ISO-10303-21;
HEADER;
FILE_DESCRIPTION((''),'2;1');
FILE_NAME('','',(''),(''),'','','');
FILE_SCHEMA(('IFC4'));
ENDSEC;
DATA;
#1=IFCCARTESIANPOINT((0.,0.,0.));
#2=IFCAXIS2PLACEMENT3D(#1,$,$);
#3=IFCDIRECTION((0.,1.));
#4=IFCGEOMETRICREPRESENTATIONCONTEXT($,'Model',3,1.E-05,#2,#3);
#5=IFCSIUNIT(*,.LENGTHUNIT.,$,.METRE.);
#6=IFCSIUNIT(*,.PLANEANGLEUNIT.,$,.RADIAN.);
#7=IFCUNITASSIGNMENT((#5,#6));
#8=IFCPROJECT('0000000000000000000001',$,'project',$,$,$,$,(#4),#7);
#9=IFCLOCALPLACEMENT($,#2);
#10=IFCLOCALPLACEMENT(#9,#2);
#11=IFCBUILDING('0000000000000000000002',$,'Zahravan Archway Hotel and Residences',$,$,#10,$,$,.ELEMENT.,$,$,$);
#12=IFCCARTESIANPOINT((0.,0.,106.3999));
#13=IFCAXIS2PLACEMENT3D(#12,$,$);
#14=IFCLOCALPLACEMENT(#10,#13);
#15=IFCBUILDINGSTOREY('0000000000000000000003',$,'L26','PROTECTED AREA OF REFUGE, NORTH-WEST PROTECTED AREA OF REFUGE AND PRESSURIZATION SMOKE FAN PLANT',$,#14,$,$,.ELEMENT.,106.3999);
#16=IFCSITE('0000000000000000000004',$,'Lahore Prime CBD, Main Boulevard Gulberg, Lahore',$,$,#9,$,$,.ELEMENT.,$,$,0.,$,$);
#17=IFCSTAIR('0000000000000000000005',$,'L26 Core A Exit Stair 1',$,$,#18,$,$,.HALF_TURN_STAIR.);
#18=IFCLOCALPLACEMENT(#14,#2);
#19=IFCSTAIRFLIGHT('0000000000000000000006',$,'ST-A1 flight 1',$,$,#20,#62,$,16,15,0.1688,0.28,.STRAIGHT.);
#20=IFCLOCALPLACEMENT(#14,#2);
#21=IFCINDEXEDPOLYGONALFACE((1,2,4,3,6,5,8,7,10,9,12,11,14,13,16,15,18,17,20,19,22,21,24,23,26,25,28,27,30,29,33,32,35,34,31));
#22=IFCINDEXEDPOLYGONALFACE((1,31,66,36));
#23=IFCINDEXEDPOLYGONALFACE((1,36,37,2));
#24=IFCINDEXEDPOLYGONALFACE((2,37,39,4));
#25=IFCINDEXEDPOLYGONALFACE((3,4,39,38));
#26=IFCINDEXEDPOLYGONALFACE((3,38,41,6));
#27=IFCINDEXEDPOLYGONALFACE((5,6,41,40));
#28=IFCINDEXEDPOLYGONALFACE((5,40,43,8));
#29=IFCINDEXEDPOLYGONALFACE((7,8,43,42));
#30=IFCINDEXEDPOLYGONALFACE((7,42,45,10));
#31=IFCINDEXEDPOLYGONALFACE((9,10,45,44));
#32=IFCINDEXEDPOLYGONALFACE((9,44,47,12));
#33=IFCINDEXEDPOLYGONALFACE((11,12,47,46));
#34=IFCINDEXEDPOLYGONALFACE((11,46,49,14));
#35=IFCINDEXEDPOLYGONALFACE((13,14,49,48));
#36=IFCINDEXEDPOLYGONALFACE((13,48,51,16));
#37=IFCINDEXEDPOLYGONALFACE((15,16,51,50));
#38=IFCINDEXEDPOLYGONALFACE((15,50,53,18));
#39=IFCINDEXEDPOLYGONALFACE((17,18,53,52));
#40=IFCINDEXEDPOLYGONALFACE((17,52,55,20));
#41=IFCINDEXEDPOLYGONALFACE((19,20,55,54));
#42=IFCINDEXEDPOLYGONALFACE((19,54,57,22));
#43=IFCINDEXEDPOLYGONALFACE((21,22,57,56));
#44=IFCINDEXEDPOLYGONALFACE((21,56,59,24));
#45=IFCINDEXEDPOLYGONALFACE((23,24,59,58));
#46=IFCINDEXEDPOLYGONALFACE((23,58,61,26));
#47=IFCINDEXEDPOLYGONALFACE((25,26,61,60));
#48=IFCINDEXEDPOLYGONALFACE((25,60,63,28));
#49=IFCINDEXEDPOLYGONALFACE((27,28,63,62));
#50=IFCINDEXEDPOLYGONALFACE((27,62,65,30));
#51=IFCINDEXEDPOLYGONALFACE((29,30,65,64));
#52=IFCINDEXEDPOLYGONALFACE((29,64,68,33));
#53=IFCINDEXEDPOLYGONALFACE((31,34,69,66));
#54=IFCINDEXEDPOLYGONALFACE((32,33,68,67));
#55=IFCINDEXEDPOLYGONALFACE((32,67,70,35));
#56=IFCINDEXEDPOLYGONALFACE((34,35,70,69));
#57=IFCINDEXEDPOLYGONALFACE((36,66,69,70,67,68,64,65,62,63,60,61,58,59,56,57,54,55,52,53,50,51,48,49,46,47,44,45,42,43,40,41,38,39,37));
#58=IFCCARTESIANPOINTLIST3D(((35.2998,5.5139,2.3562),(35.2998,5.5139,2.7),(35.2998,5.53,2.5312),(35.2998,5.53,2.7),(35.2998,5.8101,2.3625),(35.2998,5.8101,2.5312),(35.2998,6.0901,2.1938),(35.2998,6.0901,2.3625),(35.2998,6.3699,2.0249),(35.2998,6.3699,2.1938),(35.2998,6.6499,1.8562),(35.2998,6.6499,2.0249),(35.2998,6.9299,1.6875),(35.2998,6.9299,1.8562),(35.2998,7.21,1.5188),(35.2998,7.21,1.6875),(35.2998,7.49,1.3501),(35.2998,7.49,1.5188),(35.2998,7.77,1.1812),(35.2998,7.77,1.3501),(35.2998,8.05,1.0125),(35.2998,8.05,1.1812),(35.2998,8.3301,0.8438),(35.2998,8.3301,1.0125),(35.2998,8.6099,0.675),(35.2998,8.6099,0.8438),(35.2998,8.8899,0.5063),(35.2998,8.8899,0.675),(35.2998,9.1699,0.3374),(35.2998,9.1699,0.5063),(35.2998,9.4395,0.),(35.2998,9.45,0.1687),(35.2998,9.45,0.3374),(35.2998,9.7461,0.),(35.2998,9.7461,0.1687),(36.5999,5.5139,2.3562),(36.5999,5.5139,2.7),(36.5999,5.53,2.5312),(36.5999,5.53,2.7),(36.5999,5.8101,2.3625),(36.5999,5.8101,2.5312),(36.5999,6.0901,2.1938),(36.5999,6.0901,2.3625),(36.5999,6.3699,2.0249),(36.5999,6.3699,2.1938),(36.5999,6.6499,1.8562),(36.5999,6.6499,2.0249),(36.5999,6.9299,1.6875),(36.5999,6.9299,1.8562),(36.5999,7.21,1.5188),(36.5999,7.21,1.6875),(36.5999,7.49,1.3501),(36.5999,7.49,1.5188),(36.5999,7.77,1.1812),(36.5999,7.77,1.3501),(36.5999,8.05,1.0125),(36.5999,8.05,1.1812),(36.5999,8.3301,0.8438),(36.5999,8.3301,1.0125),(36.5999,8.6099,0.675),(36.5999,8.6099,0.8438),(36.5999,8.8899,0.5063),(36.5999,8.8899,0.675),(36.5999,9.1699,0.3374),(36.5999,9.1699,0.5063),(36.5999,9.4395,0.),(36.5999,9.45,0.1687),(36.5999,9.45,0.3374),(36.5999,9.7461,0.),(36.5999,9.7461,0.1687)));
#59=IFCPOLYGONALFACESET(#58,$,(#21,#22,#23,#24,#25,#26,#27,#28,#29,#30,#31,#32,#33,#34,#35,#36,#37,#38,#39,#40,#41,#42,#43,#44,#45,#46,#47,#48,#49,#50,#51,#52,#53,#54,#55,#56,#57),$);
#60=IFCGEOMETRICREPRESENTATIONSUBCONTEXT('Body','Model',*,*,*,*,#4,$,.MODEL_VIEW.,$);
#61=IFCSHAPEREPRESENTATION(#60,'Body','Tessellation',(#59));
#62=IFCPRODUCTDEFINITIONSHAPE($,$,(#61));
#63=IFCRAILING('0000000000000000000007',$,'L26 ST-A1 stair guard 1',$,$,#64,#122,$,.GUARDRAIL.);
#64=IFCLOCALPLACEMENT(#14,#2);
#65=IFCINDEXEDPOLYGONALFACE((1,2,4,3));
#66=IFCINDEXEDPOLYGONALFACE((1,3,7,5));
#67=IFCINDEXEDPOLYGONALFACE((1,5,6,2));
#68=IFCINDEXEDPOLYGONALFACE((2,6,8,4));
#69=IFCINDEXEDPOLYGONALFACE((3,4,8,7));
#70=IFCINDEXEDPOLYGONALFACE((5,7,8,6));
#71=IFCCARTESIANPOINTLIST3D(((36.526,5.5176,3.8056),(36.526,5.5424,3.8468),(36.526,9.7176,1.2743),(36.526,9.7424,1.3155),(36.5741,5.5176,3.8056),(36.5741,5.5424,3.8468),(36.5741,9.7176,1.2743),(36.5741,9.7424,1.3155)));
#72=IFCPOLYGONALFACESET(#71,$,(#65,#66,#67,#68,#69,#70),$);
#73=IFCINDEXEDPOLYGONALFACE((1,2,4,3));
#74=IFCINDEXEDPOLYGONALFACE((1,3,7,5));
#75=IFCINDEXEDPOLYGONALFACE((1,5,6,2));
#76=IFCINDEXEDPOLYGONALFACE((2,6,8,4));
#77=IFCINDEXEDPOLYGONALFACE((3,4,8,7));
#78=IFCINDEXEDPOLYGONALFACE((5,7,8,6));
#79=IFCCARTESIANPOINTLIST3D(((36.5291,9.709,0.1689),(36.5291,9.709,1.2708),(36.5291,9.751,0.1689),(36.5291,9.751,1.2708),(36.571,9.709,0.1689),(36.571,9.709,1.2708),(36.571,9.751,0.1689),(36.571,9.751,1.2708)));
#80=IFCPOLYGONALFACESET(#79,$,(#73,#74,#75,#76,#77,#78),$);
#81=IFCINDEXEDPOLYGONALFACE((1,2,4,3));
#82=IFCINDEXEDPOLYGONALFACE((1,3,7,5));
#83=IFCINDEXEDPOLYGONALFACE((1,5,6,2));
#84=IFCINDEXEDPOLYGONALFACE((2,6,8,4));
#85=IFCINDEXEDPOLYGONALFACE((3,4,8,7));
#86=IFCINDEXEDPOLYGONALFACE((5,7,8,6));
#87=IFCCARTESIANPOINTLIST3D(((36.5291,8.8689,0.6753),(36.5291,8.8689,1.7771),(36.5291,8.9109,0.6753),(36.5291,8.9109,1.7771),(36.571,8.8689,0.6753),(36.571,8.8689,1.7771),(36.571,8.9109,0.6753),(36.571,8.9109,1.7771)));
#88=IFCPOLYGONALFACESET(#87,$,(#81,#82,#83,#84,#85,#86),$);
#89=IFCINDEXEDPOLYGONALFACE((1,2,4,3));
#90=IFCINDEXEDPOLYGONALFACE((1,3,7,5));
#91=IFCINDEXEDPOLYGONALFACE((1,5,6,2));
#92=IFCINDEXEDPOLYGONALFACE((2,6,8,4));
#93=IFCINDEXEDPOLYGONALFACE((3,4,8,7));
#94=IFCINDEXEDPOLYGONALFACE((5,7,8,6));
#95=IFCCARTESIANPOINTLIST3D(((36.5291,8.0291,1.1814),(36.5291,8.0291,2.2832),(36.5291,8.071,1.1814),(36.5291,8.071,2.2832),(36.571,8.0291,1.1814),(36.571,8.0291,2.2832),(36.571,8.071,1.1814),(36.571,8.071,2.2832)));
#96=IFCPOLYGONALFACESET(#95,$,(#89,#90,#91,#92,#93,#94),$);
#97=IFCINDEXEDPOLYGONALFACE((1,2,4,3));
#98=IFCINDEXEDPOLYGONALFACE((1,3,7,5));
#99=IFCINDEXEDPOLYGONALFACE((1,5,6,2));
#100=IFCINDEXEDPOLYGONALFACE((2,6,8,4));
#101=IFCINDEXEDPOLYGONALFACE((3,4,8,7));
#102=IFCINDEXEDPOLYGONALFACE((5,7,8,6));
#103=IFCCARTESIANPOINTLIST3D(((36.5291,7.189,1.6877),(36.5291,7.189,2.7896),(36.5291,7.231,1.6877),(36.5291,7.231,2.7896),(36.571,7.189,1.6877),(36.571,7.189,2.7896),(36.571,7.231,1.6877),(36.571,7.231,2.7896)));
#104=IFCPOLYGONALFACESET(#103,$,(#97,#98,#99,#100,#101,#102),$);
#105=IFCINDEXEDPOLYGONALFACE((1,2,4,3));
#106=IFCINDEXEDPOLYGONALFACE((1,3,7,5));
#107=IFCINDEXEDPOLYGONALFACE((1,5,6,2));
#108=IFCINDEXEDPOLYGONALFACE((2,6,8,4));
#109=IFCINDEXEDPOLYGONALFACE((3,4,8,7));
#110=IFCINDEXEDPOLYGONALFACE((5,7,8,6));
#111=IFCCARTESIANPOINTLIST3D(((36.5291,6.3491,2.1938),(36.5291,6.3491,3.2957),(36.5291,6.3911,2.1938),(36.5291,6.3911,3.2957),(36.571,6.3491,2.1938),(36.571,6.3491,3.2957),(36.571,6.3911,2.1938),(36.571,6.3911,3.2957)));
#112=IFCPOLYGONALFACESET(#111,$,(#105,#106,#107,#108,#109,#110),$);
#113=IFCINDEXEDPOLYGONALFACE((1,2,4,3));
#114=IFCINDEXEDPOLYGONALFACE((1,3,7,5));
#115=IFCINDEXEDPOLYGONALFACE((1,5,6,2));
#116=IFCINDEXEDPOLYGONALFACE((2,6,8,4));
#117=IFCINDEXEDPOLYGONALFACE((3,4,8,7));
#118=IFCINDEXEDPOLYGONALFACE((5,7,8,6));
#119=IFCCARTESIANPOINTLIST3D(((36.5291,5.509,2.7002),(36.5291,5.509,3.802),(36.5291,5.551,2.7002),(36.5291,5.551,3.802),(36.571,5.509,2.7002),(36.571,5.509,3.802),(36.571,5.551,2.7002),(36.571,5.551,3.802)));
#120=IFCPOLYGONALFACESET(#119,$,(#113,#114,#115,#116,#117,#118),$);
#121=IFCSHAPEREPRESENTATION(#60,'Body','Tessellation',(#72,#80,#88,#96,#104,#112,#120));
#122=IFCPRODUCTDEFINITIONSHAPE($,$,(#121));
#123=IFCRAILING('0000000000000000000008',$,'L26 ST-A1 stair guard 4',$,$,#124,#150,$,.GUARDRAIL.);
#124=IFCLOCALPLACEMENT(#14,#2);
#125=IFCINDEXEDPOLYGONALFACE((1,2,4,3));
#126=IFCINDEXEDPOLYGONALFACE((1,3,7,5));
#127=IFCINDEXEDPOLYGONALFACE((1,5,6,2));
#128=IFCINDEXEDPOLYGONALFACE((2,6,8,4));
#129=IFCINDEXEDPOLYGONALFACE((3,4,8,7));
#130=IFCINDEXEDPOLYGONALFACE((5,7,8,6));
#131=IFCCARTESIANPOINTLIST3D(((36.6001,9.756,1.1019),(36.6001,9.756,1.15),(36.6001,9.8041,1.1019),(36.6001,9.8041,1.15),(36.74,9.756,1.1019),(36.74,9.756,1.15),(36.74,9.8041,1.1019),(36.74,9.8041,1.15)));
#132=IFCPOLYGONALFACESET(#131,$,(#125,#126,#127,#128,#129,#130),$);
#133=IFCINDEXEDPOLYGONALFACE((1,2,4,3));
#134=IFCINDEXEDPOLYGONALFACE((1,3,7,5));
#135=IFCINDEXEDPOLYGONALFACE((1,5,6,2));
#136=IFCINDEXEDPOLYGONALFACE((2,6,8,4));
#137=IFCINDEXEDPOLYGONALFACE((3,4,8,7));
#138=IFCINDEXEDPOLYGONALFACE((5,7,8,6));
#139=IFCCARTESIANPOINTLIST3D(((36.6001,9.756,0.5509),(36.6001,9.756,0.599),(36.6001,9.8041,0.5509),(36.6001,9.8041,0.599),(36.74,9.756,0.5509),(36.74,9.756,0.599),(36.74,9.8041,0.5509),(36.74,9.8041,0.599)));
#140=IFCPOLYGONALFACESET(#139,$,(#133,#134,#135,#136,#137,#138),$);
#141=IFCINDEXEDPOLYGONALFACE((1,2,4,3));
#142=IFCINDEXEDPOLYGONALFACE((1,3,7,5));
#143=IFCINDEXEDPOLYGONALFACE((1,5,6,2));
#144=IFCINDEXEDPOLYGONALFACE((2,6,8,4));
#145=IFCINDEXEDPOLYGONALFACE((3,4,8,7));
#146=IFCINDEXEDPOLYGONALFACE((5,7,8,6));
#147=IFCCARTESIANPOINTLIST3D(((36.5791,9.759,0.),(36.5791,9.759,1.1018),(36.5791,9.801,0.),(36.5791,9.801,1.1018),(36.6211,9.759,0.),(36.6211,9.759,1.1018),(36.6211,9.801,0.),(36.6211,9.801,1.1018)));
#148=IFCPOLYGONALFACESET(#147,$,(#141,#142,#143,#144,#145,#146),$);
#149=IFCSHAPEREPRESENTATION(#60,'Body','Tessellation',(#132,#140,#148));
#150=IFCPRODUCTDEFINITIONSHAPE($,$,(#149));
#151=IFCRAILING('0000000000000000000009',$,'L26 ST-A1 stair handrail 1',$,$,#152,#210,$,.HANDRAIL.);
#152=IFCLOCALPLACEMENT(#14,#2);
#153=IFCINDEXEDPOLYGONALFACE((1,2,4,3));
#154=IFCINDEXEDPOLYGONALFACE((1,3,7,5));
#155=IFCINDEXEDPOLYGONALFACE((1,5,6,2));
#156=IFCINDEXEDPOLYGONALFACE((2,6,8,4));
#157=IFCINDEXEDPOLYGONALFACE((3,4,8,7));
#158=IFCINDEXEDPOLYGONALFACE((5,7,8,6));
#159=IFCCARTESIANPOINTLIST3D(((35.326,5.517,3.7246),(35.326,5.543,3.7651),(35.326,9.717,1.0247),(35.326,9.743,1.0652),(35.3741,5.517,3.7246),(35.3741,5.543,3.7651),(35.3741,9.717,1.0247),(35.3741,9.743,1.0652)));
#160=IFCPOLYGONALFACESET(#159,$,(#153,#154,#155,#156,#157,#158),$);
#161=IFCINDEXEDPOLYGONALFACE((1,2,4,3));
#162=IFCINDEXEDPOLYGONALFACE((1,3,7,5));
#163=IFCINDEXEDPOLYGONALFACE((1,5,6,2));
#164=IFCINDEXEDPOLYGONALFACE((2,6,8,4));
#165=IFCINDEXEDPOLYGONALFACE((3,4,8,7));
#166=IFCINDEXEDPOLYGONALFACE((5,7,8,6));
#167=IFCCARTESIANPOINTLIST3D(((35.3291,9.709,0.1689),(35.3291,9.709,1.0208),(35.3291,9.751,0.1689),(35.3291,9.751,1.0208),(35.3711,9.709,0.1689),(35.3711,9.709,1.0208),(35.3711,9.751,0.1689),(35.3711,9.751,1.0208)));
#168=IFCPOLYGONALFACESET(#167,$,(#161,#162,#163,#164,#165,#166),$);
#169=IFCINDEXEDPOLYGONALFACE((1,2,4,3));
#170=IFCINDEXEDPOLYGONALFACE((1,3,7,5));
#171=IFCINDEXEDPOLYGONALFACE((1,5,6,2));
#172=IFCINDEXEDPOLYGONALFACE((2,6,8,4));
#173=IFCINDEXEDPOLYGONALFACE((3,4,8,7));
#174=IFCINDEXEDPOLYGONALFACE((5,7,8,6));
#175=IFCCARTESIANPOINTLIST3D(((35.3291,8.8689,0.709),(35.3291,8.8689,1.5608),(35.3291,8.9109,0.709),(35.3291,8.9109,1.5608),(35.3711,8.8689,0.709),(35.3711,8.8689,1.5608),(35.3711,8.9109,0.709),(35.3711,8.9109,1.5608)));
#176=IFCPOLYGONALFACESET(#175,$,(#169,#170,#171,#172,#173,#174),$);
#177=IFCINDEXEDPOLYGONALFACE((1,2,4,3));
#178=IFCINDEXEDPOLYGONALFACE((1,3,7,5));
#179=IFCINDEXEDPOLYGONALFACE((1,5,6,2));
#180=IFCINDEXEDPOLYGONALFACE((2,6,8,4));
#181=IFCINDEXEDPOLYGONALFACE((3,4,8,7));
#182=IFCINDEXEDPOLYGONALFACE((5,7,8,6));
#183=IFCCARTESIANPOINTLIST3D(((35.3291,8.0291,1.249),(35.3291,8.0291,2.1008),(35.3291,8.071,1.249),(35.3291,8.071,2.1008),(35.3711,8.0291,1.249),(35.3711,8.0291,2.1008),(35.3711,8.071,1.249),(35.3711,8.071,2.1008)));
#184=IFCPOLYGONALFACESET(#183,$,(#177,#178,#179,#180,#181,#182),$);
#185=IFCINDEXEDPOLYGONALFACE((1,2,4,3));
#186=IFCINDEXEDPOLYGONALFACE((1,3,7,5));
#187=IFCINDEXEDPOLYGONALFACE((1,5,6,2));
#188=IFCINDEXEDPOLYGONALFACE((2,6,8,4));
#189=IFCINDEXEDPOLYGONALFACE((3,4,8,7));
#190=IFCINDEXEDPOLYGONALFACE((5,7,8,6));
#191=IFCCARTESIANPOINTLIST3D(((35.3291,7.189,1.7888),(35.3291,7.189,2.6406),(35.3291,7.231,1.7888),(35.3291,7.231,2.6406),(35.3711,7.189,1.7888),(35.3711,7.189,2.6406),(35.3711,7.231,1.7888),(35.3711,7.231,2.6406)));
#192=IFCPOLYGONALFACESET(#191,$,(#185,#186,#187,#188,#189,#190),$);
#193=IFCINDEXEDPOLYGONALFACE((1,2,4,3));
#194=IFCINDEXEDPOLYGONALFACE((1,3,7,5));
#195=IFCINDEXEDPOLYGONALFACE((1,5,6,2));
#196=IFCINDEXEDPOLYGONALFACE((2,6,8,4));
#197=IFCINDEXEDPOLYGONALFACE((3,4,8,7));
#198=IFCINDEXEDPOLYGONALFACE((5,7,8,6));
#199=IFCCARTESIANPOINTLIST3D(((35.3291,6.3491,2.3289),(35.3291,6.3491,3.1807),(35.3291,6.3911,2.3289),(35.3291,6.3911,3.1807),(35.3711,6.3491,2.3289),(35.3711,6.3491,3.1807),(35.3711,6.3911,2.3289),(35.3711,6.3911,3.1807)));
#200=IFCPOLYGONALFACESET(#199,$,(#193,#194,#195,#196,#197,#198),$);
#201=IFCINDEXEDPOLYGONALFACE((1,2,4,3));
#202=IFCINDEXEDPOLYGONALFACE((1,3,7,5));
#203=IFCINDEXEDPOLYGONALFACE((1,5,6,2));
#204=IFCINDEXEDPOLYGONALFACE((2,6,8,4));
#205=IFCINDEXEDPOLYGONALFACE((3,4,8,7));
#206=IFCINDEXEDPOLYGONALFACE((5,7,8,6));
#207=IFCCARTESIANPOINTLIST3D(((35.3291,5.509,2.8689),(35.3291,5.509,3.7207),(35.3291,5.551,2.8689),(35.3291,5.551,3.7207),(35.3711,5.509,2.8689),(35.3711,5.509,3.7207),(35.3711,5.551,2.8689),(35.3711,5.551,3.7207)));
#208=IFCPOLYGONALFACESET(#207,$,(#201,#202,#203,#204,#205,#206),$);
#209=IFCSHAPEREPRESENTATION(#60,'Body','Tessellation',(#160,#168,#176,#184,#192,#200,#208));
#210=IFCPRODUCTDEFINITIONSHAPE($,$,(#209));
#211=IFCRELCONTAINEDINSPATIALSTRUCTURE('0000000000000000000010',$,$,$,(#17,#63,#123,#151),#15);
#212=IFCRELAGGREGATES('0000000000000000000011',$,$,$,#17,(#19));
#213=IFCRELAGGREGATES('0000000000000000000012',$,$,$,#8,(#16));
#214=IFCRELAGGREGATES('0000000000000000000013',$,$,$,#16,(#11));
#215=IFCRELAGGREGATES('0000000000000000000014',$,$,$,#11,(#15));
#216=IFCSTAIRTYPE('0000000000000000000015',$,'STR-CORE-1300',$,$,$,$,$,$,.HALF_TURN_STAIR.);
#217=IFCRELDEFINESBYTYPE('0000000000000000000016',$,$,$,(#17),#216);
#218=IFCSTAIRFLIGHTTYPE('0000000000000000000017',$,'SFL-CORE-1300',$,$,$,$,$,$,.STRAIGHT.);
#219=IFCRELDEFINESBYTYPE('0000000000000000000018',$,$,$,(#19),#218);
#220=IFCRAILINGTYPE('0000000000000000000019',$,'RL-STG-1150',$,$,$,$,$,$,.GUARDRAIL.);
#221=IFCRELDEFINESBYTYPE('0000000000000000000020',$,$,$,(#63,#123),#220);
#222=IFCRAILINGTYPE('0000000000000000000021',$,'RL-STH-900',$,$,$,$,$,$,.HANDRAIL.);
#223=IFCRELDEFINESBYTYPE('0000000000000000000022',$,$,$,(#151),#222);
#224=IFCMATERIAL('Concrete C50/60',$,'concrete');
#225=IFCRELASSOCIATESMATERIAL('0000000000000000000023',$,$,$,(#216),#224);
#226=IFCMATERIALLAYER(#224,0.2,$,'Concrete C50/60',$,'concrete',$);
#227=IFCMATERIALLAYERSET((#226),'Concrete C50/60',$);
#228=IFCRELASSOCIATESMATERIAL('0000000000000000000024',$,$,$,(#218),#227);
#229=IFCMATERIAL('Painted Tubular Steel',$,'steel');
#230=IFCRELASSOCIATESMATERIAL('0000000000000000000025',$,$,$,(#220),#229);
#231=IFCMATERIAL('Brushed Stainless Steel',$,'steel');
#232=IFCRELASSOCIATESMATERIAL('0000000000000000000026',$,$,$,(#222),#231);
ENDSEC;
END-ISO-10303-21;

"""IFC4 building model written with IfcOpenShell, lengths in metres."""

from ifc_helpers import new_model, si_unit, direction, frame, origin, origin_2d, place, context, subcontext, project, spatial, polyline, rectangle, outline, extrude, source, transform, mapped, material, layer, layer_set, type_object, element, aggregate, save


model = new_model("IFC4")

# Units and contexts
model_context = context("Model", 3, precision=1e-05, world=origin(), true_north=direction((0.0, 1.0)))
body_context = subcontext(model_context, "Body", "Model", "MODEL_VIEW")
ifc_project = project(units=[si_unit("LENGTHUNIT", "METRE"), si_unit("PLANEANGLEUNIT", "RADIAN")], contexts=[model_context])

# Site, building, storey
site_placement = place(None, origin())
site = spatial("IfcSite", under=ifc_project, at=site_placement, Name="Lahore Prime CBD, Main Boulevard Gulberg, Lahore", CompositionType="ELEMENT", RefElevation=0.0)
building_placement = place(site_placement, origin())
building = spatial("IfcBuilding", under=site, at=building_placement, Name="Zahravan Archway Hotel and Residences", CompositionType="ELEMENT")
storey_placement = place(building_placement, frame((0.0, 0.0, 106.3999)))
storey = spatial("IfcBuildingStorey", under=building, at=storey_placement, Name="L26", Description="PROTECTED AREA OF REFUGE, NORTH-WEST PROTECTED AREA OF REFUGE AND PRESSURIZATION SMOKE FAN PLANT", CompositionType="ELEMENT", Elevation=106.3999)

# Shared definitions
ifc_material_1 = material(Name="Brushed Stainless Steel", Category="steel")
ifc_material_2 = material(Name="Concrete C50/60", Category="concrete")

# Stair, stair flight
stair_type = type_object("IfcStairType", Name="STR-CORE-1300", PredefinedType="HALF_TURN_STAIR", material=ifc_material_2)
stair_placement = place(storey_placement, origin())
stair = element("IfcStair", 1, at=stair_placement, inside=storey, type_object=stair_type, Name="L26 Core A Exit Stair 1", PredefinedType="HALF_TURN_STAIR")
ifc_layer_1 = layer(ifc_material_2, 0.2, Name="Concrete C50/60", Category="concrete")
ifc_layer_set_1 = layer_set([ifc_layer_1], Name="Concrete C50/60")
stair_flight_type = type_object("IfcStairFlightType", Name="SFL-CORE-1300", PredefinedType="STRAIGHT", material=ifc_layer_set_1)
shared_shape_1 = source(origin(), body_context, "Body", "SweptSolid", [
    extrude(outline(polyline([(-0.0161, 0.0), (-0.0161, 0.1687), (0.28, 0.1687), (0.28, 0.3374), (0.5601, 0.3374), (0.5601, 0.5063), (0.8401, 0.5063), (0.8401, 0.675), (1.1201, 0.675), (1.1201, 0.8438), (1.3999, 0.8438), (1.3999, 1.0125), (1.6799, 1.0125), (1.6799, 1.1812), (1.96, 1.1812), (1.96, 1.3501), (2.24, 1.3501), (2.24, 1.5188), (2.52, 1.5188), (2.52, 1.6875), (2.8, 1.6875), (2.8, 1.8562), (3.0801, 1.8562), (3.0801, 2.0249), (3.3601, 2.0249), (3.3601, 2.1938), (3.6399, 2.1938), (3.6399, 2.3625), (3.9199, 2.3625), (3.9199, 2.5312), (4.2, 2.5312), (4.2, 2.7), (4.2161, 2.7), (4.2161, 2.3562), (0.2905, 0.0), (-0.0161, 0.0)])), frame((0.0, 0.6499, 0.0), z_axis=(0.0, -1.0, 0.0), x_axis=(1.0, 0.0, 0.0)), (0.0, 0.0, 1.0), 1.3),
])
stair_flight_placement = place(storey_placement, frame((35.95, 9.73, 0.0), z_axis=(0.0, 0.0, 1.0), x_axis=(0.0, -1.0, 0.0)))
stair_flight = element("IfcStairFlight", 2, at=stair_flight_placement, type_object=stair_flight_type, Name="ST-A1 flight 1", NumberOfRisers=16, NumberOfTreads=15, PredefinedType="STRAIGHT", RiserHeight=0.1688, TreadLength=0.28, context=body_context, shape_type="MappedRepresentation", body=[
    mapped(shared_shape_1, transform((0.0, 0.0, 0.0), scale=1.0)),
])
aggregate(stair, [stair_flight])

# Railings
ifc_material_3 = material(Name="Painted Tubular Steel", Category="steel")
railing_type_1 = type_object("IfcRailingType", Name="RL-STG-1150", PredefinedType="GUARDRAIL", material=ifc_material_3)
railing_1_placement = place(storey_placement, frame((36.55, 9.73, 0.1689)))
element("IfcRailing", 3, at=railing_1_placement, inside=storey, type_object=railing_type_1, Name="L26 ST-A1 stair guard 1", PredefinedType="GUARDRAIL", context=body_context, shape_type="SweptSolid", body=[
    extrude(rectangle(XDim=0.0481, YDim=0.0481, at=origin_2d()), frame((0.0, 0.0, 1.126), z_axis=(0.0, -0.856476, 0.516186), x_axis=(1.0, 0.0, 0.0)), (0.0, 0.0, 1.0), 4.9038),
    extrude(rectangle(XDim=0.042, YDim=0.042, at=origin_2d()), origin(), (0.0, 0.0, 1.0), 1.1018),
    extrude(rectangle(XDim=0.042, YDim=0.042, at=origin_2d()), frame((0.0, -0.8401, 0.5063)), (0.0, 0.0, 1.0), 1.1018),
    extrude(rectangle(XDim=0.042, YDim=0.042, at=origin_2d()), frame((0.0, -1.6799, 1.0125)), (0.0, 0.0, 1.0), 1.1018),
    extrude(rectangle(XDim=0.042, YDim=0.042, at=origin_2d()), frame((0.0, -2.52, 1.5188)), (0.0, 0.0, 1.0), 1.1018),
    extrude(rectangle(XDim=0.042, YDim=0.042, at=origin_2d()), frame((0.0, -3.3599, 2.0249)), (0.0, 0.0, 1.0), 1.1018),
    extrude(rectangle(XDim=0.042, YDim=0.042, at=origin_2d()), frame((0.0, -4.2, 2.5312)), (0.0, 0.0, 1.0), 1.1018),
])
railing_2_placement = place(storey_placement, frame((36.6001, 9.78, 0.0)))
element("IfcRailing", 4, at=railing_2_placement, inside=storey, type_object=railing_type_1, Name="L26 ST-A1 stair guard 4", PredefinedType="GUARDRAIL", context=body_context, shape_type="SweptSolid", body=[
    extrude(rectangle(XDim=0.0481, YDim=0.0481, at=origin_2d()), frame((0.0, 0.0, 1.126), z_axis=(1.0, 0.0, 0.0), x_axis=(0.0, 1.0, 0.0)), (0.0, 0.0, 1.0), 0.1399),
    extrude(rectangle(XDim=0.0481, YDim=0.0481, at=origin_2d()), frame((0.0, 0.0, 0.575), z_axis=(1.0, 0.0, 0.0), x_axis=(0.0, 1.0, 0.0)), (0.0, 0.0, 1.0), 0.1399),
    extrude(rectangle(XDim=0.042, YDim=0.042, at=origin_2d()), origin(), (0.0, 0.0, 1.0), 1.1018),
])
railing_type_2 = type_object("IfcRailingType", Name="RL-STH-900", PredefinedType="HANDRAIL", material=ifc_material_1)
railing_3_placement = place(storey_placement, frame((35.3501, 9.73, 0.1689)))
element("IfcRailing", 5, at=railing_3_placement, inside=storey, type_object=railing_type_2, Name="L26 ST-A1 stair handrail 1", PredefinedType="HANDRAIL", context=body_context, shape_type="SweptSolid", body=[
    extrude(rectangle(XDim=0.0481, YDim=0.0481, at=origin_2d()), frame((0.0, 0.0, 0.876), z_axis=(0.0, -0.84118, 0.540755), x_axis=(1.0, 0.0, 0.0)), (0.0, 0.0, 1.0), 4.9929),
    extrude(rectangle(XDim=0.042, YDim=0.042, at=origin_2d()), origin(), (0.0, 0.0, 1.0), 0.8518),
    extrude(rectangle(XDim=0.042, YDim=0.042, at=origin_2d()), frame((0.0, -0.8401, 0.54)), (0.0, 0.0, 1.0), 0.8518),
    extrude(rectangle(XDim=0.042, YDim=0.042, at=origin_2d()), frame((0.0, -1.6799, 1.0801)), (0.0, 0.0, 1.0), 0.8518),
    extrude(rectangle(XDim=0.042, YDim=0.042, at=origin_2d()), frame((0.0, -2.52, 1.6199)), (0.0, 0.0, 1.0), 0.8518),
    extrude(rectangle(XDim=0.042, YDim=0.042, at=origin_2d()), frame((0.0, -3.3599, 2.1599)), (0.0, 0.0, 1.0), 0.8518),
    extrude(rectangle(XDim=0.042, YDim=0.042, at=origin_2d()), frame((0.0, -4.2, 2.7)), (0.0, 0.0, 1.0), 0.8518),
])

save(model, "model.ifc")
